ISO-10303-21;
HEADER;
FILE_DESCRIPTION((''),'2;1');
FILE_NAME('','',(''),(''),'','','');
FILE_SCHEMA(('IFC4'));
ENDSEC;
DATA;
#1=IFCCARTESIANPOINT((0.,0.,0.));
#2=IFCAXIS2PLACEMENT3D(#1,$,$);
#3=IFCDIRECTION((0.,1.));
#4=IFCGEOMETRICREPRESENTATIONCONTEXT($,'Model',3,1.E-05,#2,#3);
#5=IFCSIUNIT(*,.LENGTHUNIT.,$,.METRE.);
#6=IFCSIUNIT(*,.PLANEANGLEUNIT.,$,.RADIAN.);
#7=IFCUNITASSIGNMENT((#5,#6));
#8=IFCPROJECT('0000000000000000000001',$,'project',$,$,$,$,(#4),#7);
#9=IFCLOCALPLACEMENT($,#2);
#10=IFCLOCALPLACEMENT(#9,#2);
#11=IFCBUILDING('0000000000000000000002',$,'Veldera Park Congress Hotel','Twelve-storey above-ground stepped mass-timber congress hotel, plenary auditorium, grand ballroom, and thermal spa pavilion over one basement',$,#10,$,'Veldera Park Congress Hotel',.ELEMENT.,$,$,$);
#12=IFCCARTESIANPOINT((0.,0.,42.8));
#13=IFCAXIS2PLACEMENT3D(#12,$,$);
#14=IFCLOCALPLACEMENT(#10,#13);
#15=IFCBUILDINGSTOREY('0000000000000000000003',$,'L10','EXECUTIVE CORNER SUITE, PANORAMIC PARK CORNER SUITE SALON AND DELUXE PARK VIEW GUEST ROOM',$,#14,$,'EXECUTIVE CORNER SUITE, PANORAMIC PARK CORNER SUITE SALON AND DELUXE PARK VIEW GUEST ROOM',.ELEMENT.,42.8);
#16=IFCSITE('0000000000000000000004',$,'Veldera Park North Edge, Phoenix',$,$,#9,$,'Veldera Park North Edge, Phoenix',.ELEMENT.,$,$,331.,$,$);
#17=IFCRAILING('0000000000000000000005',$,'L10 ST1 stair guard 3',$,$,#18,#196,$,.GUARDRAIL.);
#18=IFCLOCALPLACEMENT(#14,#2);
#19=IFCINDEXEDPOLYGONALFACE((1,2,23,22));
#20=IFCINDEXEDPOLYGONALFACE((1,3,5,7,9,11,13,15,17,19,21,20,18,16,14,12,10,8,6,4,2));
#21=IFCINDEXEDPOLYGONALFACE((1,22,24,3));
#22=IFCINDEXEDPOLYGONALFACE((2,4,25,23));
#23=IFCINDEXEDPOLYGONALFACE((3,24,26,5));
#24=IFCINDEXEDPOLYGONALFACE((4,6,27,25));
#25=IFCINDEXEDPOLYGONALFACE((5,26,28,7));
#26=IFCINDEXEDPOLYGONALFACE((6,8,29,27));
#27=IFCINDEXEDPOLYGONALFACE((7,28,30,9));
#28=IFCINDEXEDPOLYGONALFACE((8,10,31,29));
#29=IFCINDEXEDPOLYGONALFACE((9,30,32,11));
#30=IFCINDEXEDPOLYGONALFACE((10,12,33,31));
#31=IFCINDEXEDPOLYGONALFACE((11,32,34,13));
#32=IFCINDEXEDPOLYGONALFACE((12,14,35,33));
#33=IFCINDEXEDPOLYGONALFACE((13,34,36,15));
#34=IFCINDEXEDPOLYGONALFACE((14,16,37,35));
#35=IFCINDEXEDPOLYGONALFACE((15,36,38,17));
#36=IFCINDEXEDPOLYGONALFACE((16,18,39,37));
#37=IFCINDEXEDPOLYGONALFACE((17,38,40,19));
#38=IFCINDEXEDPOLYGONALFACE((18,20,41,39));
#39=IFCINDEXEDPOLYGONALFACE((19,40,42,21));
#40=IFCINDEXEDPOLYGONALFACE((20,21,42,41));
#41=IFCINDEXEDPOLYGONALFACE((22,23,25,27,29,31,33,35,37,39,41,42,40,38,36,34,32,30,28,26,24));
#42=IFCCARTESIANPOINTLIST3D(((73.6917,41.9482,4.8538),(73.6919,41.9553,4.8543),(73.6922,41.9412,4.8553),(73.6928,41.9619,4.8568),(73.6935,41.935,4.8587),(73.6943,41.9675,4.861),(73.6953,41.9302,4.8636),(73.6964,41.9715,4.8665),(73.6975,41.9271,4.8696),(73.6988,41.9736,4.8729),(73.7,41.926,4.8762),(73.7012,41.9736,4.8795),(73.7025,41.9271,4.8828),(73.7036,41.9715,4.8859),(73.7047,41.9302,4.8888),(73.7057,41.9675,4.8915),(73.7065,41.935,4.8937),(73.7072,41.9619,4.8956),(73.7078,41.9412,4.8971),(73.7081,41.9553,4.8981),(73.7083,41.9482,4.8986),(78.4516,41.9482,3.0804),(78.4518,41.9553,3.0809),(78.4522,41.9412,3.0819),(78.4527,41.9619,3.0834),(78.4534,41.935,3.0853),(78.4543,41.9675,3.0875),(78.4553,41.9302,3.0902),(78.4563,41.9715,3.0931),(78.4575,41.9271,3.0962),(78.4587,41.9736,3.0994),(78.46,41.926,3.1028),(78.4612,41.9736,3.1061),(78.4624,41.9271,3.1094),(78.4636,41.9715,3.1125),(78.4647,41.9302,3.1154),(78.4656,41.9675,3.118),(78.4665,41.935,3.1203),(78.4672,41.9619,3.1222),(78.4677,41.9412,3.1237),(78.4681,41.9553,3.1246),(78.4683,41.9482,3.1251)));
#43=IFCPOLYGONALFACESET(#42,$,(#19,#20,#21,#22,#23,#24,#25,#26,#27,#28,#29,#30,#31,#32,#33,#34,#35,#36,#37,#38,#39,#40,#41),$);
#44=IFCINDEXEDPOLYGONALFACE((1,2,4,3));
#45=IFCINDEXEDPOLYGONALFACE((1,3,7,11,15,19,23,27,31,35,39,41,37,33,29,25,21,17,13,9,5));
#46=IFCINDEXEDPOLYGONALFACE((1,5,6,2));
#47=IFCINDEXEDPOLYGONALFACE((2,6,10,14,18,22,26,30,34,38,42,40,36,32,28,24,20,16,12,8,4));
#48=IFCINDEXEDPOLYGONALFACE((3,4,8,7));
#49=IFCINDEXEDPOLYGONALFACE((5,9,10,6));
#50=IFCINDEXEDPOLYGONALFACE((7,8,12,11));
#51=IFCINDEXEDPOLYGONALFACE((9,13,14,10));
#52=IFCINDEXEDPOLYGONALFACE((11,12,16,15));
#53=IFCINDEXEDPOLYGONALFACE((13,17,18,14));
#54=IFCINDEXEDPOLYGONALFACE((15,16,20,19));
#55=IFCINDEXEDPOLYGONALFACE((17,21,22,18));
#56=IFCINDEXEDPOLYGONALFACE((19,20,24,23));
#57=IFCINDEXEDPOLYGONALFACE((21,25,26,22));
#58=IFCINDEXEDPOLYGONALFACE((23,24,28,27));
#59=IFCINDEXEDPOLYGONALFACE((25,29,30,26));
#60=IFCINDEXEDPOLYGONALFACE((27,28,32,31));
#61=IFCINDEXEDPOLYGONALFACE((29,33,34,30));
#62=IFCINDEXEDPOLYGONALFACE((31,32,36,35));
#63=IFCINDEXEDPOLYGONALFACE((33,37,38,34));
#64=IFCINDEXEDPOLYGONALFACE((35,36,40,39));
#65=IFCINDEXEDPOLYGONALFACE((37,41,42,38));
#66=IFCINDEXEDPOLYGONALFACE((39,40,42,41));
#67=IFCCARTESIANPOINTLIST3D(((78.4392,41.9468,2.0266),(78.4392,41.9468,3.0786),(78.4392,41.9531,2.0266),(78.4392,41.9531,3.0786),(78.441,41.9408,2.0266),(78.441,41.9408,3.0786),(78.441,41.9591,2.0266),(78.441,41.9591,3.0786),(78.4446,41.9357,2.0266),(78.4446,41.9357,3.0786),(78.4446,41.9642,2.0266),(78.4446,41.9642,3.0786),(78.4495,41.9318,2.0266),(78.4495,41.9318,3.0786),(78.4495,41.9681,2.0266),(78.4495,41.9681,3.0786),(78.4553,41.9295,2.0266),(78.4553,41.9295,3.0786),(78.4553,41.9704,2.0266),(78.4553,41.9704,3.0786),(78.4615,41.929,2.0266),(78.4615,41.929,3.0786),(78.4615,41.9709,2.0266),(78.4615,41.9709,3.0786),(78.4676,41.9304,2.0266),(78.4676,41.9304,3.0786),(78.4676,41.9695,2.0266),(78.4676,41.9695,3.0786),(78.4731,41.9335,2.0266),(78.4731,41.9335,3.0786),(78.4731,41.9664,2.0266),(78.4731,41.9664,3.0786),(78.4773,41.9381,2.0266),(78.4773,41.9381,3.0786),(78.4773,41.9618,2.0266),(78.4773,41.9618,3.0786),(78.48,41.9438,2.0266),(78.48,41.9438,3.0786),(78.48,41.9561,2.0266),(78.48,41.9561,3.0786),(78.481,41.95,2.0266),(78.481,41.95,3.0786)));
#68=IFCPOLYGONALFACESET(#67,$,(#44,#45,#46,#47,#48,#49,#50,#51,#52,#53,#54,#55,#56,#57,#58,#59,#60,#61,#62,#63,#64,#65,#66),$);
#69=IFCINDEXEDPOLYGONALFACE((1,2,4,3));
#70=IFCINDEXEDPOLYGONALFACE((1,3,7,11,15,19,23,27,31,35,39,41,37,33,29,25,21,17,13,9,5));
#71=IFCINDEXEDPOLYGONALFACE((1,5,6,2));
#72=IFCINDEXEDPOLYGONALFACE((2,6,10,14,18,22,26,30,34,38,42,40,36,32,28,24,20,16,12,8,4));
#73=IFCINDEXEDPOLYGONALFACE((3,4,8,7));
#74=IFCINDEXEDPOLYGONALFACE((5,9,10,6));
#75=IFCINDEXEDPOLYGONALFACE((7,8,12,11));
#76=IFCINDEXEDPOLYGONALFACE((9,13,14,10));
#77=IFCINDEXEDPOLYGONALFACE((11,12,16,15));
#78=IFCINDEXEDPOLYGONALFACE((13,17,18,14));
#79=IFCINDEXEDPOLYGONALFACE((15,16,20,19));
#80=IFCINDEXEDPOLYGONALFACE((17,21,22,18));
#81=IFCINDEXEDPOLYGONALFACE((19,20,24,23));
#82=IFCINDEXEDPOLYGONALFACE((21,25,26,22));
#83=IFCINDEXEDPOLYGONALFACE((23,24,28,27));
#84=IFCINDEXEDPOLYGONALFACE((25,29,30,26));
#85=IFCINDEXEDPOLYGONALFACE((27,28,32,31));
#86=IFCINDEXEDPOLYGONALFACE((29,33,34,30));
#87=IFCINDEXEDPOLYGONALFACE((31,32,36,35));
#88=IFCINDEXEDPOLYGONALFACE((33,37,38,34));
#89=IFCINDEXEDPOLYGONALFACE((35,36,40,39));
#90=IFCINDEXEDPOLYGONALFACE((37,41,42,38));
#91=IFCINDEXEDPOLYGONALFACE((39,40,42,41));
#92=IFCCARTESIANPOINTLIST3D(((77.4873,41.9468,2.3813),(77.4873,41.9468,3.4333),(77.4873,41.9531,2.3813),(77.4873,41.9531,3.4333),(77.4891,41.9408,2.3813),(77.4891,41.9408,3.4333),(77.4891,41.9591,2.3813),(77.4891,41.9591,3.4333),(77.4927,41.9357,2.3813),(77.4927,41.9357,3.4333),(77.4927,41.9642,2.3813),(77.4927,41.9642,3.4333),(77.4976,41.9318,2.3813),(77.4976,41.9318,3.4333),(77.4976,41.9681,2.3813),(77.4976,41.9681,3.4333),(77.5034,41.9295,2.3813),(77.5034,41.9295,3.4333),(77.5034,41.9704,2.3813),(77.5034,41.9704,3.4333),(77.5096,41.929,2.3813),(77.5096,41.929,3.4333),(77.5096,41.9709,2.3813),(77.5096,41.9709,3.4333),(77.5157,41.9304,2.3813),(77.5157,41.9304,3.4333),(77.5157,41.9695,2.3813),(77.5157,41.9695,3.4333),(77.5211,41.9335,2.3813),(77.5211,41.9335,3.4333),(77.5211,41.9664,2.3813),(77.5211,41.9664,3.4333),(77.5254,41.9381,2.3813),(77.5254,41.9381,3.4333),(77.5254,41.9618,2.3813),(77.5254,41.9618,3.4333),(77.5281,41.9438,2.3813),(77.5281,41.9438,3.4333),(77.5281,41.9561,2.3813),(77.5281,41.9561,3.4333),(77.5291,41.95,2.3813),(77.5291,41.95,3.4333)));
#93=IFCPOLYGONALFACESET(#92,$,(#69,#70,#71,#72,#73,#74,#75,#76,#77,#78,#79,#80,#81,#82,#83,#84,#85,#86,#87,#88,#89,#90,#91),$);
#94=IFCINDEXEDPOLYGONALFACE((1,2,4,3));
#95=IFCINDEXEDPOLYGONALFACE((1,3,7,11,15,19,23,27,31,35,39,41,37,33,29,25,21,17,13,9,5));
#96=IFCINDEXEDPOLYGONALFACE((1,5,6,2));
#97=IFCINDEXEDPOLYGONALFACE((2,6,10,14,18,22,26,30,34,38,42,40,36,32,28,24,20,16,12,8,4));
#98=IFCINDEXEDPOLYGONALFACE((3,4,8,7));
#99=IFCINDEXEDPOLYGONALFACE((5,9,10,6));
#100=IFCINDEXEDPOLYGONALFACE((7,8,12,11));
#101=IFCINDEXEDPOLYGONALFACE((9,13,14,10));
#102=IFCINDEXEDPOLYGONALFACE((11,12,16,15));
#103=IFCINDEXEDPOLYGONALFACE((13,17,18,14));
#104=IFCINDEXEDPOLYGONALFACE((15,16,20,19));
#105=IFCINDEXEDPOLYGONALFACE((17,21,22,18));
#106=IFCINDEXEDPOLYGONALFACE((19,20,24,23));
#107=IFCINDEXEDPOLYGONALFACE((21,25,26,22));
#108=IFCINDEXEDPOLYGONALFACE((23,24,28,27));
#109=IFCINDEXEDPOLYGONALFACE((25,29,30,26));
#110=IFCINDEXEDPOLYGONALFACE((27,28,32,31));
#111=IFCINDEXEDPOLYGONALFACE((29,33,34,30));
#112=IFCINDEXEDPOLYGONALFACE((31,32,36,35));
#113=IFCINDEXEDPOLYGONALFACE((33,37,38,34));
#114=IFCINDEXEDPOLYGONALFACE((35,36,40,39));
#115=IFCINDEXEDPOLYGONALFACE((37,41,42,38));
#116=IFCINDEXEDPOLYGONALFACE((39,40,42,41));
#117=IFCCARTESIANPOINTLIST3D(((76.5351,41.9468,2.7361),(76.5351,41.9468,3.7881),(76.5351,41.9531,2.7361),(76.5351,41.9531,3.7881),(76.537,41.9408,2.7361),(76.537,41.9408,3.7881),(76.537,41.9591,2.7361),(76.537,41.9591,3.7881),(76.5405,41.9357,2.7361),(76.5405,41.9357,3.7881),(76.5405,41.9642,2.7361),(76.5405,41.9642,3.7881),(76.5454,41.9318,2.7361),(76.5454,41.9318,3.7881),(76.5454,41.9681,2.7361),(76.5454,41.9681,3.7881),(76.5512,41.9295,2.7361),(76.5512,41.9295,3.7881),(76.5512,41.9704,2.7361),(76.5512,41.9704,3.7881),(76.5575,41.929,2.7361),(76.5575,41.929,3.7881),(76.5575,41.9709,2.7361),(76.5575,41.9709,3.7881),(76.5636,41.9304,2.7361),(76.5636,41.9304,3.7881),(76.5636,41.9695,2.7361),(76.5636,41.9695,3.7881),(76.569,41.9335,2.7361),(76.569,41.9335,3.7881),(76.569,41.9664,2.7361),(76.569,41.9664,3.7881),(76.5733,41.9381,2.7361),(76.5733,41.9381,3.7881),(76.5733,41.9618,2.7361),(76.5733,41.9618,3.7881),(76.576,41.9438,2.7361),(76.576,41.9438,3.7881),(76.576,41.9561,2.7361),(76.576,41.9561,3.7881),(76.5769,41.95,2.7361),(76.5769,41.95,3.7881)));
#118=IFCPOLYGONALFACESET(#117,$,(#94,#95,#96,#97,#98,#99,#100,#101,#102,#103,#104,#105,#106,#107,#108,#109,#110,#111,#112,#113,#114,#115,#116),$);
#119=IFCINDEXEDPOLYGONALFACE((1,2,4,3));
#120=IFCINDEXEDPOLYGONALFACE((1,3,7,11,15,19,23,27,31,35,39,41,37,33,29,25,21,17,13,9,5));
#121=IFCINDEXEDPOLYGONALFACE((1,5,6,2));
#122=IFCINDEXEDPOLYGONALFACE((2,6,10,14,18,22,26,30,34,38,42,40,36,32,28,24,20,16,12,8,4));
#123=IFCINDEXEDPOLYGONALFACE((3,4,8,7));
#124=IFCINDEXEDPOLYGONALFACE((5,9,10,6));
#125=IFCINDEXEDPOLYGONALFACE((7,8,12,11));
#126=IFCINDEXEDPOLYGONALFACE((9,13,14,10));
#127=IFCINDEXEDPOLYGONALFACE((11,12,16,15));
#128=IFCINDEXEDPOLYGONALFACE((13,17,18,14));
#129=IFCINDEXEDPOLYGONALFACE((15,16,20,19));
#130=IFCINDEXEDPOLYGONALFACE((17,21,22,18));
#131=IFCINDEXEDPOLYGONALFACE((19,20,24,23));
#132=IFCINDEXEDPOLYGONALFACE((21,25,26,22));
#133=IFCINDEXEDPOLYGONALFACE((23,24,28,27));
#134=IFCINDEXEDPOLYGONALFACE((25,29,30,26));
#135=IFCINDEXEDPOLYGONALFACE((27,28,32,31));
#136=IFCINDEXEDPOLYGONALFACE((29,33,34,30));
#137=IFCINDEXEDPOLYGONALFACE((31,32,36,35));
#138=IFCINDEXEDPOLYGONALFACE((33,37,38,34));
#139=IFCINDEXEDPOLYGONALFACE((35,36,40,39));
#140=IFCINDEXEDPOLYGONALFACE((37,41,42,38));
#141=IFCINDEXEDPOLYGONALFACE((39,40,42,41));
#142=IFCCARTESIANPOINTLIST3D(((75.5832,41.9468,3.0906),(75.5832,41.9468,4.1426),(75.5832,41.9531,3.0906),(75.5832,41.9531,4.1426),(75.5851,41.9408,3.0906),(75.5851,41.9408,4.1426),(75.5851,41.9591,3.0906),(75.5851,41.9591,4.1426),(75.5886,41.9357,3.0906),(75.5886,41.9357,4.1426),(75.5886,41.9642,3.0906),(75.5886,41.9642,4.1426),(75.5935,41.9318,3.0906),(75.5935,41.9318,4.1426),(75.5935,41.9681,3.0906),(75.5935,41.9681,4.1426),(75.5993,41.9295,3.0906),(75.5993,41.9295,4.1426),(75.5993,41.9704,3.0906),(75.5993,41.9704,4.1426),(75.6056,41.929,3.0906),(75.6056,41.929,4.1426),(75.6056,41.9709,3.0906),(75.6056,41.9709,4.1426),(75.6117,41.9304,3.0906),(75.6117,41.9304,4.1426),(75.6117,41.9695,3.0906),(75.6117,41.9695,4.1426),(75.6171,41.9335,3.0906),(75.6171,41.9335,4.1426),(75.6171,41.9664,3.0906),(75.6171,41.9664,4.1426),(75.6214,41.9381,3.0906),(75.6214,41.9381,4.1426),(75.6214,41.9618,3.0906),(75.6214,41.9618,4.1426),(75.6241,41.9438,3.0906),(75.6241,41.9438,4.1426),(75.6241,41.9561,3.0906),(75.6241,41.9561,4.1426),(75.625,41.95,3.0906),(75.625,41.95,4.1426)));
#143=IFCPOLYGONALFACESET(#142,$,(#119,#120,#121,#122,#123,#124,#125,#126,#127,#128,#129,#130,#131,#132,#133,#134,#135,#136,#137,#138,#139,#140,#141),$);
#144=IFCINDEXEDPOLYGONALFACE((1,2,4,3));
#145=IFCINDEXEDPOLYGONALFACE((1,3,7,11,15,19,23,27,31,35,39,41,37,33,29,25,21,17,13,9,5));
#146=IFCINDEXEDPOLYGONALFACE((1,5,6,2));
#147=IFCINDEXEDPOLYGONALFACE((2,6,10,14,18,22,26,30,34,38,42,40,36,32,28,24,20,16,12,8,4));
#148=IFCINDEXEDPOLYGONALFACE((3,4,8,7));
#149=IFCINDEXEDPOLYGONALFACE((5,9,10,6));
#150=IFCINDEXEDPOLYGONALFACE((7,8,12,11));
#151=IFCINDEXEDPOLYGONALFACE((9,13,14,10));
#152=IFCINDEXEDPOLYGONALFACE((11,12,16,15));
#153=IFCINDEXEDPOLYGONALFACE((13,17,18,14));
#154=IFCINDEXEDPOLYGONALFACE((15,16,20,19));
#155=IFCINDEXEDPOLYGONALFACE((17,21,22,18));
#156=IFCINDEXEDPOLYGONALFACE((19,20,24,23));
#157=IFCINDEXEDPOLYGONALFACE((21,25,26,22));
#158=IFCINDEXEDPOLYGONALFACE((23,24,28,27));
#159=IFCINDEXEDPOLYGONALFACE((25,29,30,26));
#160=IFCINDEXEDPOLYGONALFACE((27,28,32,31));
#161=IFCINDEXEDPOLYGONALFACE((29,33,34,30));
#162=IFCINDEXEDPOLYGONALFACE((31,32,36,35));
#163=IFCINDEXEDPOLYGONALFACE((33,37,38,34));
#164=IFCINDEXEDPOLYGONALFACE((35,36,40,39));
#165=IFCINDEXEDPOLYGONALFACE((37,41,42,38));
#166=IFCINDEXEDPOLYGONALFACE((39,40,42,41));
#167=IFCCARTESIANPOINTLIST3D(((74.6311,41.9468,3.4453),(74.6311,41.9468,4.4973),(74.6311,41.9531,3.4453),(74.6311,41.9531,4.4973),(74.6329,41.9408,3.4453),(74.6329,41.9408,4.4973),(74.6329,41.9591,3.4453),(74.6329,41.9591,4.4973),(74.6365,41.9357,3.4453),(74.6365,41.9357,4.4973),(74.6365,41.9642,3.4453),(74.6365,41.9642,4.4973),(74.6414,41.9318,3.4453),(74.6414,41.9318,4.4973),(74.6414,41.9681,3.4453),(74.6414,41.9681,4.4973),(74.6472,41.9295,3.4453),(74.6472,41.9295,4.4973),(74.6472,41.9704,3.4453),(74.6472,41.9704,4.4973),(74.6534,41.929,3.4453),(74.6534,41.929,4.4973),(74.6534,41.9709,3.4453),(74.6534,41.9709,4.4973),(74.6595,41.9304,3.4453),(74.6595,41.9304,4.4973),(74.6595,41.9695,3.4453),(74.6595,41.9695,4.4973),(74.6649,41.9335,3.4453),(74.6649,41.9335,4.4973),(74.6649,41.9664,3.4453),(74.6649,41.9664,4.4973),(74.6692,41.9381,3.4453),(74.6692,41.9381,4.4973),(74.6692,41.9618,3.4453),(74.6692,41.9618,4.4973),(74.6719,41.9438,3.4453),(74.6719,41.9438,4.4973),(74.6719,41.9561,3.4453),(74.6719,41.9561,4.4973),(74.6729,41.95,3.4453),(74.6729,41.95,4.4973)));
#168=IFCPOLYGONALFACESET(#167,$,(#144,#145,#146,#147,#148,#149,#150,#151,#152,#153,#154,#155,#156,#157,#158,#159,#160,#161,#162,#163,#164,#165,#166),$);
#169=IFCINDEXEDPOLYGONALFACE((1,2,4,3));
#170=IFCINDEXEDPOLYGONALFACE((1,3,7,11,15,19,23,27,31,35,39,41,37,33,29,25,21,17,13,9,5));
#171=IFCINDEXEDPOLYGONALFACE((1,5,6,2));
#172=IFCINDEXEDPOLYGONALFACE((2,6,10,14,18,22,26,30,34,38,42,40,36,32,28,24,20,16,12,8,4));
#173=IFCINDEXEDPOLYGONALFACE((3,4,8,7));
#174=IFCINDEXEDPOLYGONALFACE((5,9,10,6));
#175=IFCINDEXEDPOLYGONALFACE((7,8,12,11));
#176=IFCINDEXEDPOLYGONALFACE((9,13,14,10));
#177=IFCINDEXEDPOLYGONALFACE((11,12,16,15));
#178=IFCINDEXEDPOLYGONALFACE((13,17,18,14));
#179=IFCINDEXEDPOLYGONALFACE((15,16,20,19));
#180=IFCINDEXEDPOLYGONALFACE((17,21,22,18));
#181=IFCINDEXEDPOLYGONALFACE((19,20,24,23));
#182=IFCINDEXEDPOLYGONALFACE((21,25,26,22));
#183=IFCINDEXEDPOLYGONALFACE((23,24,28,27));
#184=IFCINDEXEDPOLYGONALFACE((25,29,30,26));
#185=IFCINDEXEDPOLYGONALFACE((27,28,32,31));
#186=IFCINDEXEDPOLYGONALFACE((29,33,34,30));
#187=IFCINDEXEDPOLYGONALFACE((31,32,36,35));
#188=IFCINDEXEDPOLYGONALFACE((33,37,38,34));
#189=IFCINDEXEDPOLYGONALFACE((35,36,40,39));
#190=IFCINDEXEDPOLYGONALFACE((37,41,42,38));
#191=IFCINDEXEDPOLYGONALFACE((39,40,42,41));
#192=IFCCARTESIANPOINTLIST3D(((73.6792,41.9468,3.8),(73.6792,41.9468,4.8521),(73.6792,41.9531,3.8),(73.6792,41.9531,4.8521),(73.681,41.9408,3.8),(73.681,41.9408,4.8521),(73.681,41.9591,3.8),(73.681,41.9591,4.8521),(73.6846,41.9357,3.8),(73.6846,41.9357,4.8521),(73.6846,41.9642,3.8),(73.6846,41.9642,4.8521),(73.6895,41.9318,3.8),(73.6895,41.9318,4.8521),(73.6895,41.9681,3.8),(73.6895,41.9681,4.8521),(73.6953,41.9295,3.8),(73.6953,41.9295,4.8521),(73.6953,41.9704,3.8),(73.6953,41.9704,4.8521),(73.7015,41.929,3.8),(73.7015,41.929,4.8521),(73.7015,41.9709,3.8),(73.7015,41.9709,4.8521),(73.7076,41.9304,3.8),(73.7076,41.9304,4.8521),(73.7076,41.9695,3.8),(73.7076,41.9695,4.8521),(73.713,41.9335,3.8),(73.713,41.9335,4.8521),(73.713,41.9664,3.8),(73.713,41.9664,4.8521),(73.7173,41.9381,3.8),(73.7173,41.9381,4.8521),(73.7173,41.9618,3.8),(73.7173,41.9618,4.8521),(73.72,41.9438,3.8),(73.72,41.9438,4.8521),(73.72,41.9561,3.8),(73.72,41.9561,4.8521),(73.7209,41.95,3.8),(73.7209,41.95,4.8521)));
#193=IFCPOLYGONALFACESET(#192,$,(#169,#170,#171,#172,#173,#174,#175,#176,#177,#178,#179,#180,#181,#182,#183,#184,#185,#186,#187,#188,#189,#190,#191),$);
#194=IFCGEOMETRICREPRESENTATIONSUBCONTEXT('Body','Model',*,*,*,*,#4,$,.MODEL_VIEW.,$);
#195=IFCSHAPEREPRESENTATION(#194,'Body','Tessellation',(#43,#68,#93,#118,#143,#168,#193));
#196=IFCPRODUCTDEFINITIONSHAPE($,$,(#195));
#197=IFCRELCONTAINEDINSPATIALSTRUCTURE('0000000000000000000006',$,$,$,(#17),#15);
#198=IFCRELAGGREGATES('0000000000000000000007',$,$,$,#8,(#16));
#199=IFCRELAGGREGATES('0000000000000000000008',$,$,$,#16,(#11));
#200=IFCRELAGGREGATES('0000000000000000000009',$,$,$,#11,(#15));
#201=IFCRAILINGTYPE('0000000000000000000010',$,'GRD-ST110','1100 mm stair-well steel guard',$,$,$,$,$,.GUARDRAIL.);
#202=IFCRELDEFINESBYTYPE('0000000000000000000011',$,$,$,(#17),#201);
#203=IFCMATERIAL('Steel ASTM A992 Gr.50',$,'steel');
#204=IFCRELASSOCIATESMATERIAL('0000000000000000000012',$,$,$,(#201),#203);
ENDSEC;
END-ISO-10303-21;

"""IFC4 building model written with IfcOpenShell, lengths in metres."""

from ifc_helpers import new_model, si_unit, direction, frame, origin, origin_2d, place, context, subcontext, project, spatial, circle, extrude, material, type_object, element, save


model = new_model("IFC4")

# Units and contexts
model_context = context("Model", 3, precision=1e-05, world=origin(), true_north=direction((0.0, 1.0)))
body_context = subcontext(model_context, "Body", "Model", "MODEL_VIEW")
ifc_project = project(units=[si_unit("LENGTHUNIT", "METRE"), si_unit("PLANEANGLEUNIT", "RADIAN")], contexts=[model_context])

# Site, building, storey
site_placement = place(None, origin())
site = spatial("IfcSite", under=ifc_project, at=site_placement, Name="Veldera Park North Edge, Phoenix", LongName="Veldera Park North Edge, Phoenix", CompositionType="ELEMENT", RefElevation=331.0)
building_placement = place(site_placement, origin())
building = spatial("IfcBuilding", under=site, at=building_placement, Name="Veldera Park Congress Hotel", Description="Twelve-storey above-ground stepped mass-timber congress hotel, plenary auditorium, grand ballroom, and thermal spa pavilion over one basement", LongName="Veldera Park Congress Hotel", CompositionType="ELEMENT")
storey_placement = place(building_placement, frame((0.0, 0.0, 42.8)))
storey = spatial("IfcBuildingStorey", under=building, at=storey_placement, Name="L10", Description="EXECUTIVE CORNER SUITE, PANORAMIC PARK CORNER SUITE SALON AND DELUXE PARK VIEW GUEST ROOM", LongName="EXECUTIVE CORNER SUITE, PANORAMIC PARK CORNER SUITE SALON AND DELUXE PARK VIEW GUEST ROOM", CompositionType="ELEMENT", Elevation=42.8)

# Railing
ifc_material_1 = material(Name="Steel ASTM A992 Gr.50", Category="steel")
railing_type_1 = type_object("IfcRailingType", Name="GRD-ST110", Description="1100 mm stair-well steel guard", PredefinedType="GUARDRAIL", material=ifc_material_1)
railing_1_placement = place(storey_placement, frame((78.46, 41.95, 2.0266)))
element("IfcRailing", 1, at=railing_1_placement, inside=storey, type_object=railing_type_1, Name="L10 ST1 stair guard 3", PredefinedType="GUARDRAIL", context=body_context, shape_type="SweptSolid", body=[
    extrude(circle(Radius=0.0239, at=origin_2d()), frame((0.0, 0.0, 1.0762), z_axis=(-0.937076, 0.0, 0.349126), x_axis=(0.0, -1.0, 0.0)), (0.0, 0.0, 1.0), 5.0796),
    extrude(circle(Radius=0.021, at=origin_2d()), origin(), (0.0, 0.0, 1.0), 1.052),
    extrude(circle(Radius=0.021, at=origin_2d()), frame((-0.9519, 0.0, 0.3547)), (0.0, 0.0, 1.0), 1.052),
    extrude(circle(Radius=0.021, at=origin_2d()), frame((-1.9041, 0.0, 0.7095)), (0.0, 0.0, 1.0), 1.052),
    extrude(circle(Radius=0.021, at=origin_2d()), frame((-2.856, 0.0, 1.064)), (0.0, 0.0, 1.0), 1.052),
    extrude(circle(Radius=0.021, at=origin_2d()), frame((-3.8081, 0.0, 1.4187)), (0.0, 0.0, 1.0), 1.052),
    extrude(circle(Radius=0.021, at=origin_2d()), frame((-4.76, 0.0, 1.7734)), (0.0, 0.0, 1.0), 1.052),
])

save(model, "model.ifc")
